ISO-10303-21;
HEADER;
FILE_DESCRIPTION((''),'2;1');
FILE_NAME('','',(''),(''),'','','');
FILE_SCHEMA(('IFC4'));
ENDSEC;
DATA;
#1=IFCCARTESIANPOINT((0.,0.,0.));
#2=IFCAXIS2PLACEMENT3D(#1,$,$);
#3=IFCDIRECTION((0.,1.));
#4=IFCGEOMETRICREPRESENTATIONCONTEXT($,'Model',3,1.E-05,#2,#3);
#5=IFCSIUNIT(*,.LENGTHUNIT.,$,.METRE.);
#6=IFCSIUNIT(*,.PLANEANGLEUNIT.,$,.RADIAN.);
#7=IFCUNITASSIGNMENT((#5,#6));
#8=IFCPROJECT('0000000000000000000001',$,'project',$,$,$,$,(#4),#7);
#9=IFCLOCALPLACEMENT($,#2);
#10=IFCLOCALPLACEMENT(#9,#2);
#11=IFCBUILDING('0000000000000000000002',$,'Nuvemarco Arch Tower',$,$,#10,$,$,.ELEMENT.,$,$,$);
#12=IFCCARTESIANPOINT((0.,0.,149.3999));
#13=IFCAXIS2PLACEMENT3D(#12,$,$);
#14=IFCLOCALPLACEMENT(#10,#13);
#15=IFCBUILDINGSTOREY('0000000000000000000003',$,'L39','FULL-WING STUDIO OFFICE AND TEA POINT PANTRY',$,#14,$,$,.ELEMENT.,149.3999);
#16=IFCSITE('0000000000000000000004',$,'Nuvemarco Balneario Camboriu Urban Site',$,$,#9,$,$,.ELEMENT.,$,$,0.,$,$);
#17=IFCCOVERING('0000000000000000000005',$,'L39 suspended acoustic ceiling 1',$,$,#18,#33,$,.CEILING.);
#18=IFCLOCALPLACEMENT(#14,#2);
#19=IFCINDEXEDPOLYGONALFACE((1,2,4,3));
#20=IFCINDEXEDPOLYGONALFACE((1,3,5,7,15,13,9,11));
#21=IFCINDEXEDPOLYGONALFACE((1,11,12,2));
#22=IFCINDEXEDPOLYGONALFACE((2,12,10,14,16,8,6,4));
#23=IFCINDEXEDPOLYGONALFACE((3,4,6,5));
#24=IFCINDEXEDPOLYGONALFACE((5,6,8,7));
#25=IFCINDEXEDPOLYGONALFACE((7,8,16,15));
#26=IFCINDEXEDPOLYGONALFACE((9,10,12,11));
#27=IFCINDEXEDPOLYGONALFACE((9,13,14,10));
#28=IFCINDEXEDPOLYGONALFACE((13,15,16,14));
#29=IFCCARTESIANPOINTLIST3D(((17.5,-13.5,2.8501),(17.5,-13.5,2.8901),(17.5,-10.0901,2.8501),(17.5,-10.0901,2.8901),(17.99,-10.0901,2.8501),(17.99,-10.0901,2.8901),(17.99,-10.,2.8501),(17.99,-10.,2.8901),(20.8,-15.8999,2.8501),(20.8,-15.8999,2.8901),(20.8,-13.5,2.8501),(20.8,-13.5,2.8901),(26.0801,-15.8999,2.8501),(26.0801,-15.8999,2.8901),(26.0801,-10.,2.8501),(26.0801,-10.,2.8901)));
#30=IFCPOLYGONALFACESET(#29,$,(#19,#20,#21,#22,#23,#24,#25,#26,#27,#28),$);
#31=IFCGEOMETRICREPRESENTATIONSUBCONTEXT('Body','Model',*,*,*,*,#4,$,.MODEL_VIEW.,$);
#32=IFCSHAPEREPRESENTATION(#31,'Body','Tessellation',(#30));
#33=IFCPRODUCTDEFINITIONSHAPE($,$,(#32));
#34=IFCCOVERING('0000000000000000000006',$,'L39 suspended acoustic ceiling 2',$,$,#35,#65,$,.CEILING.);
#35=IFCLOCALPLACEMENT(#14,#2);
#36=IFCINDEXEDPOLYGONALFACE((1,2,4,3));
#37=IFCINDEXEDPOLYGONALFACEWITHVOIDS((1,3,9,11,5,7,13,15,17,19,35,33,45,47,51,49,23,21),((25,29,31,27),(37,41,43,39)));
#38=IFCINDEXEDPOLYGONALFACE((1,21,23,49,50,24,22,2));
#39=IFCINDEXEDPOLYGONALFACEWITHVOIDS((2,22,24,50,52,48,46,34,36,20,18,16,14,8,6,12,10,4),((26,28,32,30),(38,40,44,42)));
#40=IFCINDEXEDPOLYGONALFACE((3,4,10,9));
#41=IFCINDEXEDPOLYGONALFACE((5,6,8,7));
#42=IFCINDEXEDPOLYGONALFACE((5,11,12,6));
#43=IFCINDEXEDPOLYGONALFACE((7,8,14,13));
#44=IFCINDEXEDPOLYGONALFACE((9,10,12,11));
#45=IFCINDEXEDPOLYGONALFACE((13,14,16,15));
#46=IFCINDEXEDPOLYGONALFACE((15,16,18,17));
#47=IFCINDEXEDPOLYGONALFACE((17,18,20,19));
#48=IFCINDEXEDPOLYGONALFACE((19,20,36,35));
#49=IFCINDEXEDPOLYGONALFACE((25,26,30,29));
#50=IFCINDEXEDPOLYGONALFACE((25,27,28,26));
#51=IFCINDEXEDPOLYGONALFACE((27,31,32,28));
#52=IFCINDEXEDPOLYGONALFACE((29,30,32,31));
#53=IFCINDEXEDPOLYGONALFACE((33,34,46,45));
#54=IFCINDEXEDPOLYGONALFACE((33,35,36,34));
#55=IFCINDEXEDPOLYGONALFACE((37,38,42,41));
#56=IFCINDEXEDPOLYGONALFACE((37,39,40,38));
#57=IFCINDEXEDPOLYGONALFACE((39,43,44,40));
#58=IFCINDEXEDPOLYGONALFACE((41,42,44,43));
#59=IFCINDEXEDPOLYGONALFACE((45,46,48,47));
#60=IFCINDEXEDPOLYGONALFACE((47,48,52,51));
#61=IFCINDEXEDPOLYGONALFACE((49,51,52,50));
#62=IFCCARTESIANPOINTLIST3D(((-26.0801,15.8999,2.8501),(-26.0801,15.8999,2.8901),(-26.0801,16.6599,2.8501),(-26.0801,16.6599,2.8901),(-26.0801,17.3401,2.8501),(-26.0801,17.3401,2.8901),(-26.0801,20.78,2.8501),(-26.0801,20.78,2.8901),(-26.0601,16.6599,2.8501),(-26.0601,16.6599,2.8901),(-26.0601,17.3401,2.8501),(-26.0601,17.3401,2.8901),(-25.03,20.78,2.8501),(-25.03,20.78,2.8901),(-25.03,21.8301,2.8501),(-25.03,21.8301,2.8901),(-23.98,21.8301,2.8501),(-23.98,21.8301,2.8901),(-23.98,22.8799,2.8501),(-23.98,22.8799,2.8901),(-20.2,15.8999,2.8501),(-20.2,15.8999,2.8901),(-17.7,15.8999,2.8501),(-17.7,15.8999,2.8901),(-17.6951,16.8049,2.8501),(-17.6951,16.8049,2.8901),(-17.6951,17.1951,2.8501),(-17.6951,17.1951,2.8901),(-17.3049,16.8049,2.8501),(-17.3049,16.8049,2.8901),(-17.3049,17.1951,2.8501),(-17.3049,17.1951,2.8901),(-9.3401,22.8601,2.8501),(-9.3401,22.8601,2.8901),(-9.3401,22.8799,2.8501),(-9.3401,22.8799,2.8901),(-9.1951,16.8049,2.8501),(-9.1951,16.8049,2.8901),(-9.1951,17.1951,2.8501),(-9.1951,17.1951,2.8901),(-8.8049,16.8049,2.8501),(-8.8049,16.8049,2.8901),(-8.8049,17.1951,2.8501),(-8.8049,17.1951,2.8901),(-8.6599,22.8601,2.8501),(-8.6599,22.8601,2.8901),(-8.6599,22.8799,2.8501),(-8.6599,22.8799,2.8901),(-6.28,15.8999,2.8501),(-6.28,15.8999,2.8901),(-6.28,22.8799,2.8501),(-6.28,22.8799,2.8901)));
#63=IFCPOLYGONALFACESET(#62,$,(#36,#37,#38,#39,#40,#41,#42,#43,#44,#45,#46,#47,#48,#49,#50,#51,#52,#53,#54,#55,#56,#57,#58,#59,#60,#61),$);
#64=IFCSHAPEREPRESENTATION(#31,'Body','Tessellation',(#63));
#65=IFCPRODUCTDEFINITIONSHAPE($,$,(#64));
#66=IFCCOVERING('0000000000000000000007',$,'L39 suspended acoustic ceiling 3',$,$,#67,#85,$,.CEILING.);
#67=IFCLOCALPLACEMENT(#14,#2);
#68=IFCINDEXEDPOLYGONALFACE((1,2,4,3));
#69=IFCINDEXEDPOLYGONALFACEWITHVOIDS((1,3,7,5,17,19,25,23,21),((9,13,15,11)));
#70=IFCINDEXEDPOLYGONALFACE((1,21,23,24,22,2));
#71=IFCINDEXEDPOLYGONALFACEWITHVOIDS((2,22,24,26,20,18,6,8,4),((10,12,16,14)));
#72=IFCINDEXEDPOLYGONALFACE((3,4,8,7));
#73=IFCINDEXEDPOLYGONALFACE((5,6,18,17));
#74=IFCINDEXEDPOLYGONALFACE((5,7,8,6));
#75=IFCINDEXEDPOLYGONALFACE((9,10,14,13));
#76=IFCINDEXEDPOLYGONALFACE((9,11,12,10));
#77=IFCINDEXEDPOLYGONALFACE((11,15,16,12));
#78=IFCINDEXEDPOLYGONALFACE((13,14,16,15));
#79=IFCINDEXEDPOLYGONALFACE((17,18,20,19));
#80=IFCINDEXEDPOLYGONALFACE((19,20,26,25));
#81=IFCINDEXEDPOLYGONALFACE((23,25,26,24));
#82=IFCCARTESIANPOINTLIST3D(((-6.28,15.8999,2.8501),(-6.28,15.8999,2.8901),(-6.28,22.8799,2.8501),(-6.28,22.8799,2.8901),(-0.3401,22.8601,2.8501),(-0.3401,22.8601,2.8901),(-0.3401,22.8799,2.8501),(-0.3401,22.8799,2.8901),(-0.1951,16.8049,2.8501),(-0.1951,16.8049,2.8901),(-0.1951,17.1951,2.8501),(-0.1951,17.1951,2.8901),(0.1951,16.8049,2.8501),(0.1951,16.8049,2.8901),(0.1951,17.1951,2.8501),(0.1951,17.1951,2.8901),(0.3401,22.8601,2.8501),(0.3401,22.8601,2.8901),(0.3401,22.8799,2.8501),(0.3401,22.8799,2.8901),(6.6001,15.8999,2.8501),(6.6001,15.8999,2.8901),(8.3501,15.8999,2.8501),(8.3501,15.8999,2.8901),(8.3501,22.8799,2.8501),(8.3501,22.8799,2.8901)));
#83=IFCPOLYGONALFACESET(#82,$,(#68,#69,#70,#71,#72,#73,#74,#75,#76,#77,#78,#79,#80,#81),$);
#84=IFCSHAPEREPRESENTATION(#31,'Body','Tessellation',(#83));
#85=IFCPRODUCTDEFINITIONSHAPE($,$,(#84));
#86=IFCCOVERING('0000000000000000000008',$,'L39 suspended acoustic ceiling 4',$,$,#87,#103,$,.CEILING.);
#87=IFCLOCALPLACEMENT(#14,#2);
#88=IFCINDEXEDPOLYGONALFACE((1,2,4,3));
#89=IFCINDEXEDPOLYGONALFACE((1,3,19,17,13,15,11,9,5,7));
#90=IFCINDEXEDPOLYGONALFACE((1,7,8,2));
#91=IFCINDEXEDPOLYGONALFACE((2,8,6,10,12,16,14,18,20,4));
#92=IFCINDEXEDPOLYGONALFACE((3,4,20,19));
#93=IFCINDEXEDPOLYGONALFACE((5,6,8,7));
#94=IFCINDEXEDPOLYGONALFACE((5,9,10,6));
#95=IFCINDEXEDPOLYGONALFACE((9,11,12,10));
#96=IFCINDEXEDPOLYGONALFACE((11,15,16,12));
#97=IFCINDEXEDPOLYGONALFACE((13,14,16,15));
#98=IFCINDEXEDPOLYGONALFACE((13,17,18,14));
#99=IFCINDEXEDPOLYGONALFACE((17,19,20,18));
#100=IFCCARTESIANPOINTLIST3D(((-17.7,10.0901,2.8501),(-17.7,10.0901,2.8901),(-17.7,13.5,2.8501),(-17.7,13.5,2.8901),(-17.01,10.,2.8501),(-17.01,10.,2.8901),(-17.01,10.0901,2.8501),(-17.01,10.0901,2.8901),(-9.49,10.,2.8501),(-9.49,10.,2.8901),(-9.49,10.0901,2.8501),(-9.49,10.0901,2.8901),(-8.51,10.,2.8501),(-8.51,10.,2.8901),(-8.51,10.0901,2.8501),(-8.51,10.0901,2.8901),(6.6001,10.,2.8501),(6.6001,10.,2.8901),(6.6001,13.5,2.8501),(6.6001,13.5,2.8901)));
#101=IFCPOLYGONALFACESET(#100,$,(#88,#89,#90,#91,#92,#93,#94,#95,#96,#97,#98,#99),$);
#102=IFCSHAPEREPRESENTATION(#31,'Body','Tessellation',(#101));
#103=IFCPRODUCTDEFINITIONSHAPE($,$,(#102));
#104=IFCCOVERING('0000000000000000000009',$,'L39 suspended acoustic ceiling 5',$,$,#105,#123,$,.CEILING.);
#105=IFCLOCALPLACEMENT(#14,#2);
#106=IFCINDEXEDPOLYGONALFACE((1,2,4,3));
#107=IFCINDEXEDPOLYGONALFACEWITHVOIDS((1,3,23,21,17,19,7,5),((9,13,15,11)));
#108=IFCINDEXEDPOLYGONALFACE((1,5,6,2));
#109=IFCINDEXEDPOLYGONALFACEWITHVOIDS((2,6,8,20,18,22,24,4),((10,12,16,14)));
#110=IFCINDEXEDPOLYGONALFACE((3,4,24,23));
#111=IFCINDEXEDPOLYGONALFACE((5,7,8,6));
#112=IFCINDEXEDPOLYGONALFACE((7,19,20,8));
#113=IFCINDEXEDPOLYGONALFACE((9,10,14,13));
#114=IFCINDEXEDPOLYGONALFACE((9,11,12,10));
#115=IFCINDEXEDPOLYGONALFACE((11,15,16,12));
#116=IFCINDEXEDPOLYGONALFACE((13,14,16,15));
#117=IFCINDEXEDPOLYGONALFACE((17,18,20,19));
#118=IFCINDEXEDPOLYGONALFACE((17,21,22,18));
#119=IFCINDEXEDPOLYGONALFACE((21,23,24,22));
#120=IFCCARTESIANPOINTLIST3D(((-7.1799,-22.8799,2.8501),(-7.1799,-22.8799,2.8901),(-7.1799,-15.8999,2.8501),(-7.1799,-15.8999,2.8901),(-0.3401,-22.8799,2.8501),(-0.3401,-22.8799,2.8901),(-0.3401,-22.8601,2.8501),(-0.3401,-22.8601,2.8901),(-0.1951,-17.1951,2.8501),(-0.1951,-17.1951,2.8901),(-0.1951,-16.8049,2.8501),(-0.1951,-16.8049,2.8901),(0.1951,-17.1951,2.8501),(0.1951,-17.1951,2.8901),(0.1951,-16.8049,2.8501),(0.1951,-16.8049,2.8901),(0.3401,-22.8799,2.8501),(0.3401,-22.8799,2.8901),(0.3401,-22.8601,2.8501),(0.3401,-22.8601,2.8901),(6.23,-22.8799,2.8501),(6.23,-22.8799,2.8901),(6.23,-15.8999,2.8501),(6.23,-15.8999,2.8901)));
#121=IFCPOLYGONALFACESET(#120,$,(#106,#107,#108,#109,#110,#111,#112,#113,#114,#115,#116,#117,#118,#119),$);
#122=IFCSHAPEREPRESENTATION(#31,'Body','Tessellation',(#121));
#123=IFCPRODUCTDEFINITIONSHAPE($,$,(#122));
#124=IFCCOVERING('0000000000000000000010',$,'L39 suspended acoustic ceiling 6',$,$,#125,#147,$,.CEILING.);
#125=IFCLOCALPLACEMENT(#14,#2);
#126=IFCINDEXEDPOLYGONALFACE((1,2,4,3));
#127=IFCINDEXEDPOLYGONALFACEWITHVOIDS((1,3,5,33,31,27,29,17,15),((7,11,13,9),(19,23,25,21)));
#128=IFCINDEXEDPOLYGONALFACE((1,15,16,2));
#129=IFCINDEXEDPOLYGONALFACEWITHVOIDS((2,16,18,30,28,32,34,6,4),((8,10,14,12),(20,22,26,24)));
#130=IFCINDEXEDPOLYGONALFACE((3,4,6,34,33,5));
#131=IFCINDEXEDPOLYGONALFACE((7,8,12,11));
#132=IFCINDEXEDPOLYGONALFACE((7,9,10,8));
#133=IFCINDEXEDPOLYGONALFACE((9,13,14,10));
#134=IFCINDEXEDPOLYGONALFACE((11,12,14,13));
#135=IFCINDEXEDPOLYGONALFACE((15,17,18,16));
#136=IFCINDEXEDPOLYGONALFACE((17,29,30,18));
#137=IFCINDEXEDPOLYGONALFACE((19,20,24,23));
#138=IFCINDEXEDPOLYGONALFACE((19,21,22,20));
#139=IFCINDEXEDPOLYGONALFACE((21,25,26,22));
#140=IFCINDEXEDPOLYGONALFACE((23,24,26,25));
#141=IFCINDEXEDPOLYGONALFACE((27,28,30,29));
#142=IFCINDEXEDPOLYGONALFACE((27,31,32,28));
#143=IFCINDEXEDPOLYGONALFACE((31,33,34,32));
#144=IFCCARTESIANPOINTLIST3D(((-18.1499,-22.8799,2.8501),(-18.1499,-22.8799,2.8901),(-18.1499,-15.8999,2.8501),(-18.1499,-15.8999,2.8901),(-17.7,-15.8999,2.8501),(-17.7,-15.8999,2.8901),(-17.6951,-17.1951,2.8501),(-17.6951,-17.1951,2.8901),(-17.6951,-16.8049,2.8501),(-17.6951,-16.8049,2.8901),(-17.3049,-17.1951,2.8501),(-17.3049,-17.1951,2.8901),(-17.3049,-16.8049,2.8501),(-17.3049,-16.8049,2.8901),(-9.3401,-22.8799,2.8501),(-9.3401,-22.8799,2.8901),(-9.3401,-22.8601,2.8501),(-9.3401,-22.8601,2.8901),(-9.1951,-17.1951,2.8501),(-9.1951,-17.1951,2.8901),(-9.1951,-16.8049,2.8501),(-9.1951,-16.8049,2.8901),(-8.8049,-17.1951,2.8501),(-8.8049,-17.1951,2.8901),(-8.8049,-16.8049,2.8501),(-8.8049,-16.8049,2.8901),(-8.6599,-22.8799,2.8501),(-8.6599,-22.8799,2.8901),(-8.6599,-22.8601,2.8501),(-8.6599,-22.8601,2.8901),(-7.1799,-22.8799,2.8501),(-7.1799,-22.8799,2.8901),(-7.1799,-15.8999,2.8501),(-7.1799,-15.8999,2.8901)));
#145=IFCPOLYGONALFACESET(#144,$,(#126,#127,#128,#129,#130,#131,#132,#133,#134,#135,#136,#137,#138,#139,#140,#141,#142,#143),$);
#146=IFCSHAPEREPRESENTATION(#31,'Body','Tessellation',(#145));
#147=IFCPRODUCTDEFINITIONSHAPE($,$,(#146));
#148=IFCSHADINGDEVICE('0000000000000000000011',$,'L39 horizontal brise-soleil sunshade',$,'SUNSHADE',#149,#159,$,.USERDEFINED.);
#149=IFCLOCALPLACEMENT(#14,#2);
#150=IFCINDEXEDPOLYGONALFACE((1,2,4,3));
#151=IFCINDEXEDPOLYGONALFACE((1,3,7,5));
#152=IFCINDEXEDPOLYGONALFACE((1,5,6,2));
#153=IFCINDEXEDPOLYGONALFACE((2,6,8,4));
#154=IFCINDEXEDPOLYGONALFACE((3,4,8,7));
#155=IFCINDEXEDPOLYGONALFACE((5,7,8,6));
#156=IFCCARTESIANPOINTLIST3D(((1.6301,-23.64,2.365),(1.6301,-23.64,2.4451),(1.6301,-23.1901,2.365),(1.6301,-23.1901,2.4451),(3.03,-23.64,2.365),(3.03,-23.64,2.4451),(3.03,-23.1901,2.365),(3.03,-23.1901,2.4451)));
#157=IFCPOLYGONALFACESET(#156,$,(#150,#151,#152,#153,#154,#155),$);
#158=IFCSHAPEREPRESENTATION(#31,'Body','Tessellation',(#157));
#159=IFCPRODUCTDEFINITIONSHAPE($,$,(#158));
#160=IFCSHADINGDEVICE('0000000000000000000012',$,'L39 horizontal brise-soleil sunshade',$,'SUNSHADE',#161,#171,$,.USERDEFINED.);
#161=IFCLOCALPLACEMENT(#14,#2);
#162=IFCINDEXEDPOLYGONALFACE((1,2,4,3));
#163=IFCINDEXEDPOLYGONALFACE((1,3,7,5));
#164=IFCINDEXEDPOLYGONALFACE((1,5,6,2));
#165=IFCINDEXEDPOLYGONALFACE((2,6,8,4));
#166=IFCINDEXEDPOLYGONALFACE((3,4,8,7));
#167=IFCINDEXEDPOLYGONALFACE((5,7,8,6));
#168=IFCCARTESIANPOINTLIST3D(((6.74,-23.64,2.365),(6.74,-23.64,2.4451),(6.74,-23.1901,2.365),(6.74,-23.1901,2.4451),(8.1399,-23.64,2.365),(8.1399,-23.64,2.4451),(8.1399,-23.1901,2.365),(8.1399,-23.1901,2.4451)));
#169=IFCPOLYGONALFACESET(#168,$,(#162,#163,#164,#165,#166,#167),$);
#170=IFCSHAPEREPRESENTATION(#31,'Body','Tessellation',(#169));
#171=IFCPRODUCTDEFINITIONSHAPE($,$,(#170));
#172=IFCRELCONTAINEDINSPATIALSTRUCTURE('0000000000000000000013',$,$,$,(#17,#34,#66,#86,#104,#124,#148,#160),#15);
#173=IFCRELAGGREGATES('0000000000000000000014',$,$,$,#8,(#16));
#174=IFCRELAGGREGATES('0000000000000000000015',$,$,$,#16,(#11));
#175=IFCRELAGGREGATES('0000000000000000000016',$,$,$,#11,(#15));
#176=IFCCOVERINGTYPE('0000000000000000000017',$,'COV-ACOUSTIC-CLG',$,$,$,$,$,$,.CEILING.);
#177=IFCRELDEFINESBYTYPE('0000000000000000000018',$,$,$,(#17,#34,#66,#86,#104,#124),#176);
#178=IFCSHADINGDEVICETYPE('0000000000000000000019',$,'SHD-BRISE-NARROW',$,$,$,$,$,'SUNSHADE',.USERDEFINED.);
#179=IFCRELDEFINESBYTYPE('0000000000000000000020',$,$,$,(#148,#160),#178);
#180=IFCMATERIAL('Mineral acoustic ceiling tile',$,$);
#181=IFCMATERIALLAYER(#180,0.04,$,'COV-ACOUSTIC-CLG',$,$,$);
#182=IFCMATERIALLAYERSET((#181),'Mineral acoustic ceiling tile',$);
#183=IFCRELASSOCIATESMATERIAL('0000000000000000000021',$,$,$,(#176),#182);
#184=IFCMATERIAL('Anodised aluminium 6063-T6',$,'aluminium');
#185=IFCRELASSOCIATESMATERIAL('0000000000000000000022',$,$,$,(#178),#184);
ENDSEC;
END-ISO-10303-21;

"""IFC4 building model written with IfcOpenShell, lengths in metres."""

from ifc_helpers import new_model, si_unit, direction, frame, origin, origin_2d, place, context, subcontext, project, spatial, polyline, rectangle, outline, extrude, source, transform, mapped, material, layer, layer_set, type_object, type_shapes, element, save


model = new_model("IFC4")

# Units and contexts
model_context = context("Model", 3, precision=1e-05, world=origin(), true_north=direction((0.0, 1.0)))
body_context = subcontext(model_context, "Body", "Model", "MODEL_VIEW")
ifc_project = project(units=[si_unit("LENGTHUNIT", "METRE"), si_unit("PLANEANGLEUNIT", "RADIAN")], contexts=[model_context])

# Site, building, storey
site_placement = place(None, origin())
site = spatial("IfcSite", under=ifc_project, at=site_placement, Name="Nuvemarco Balneario Camboriu Urban Site", CompositionType="ELEMENT", RefElevation=0.0)
building_placement = place(site_placement, origin())
building = spatial("IfcBuilding", under=site, at=building_placement, Name="Nuvemarco Arch Tower", CompositionType="ELEMENT")
storey_placement = place(building_placement, frame((0.0, 0.0, 149.3999)))
storey = spatial("IfcBuildingStorey", under=building, at=storey_placement, Name="L39", Description="FULL-WING STUDIO OFFICE AND TEA POINT PANTRY", CompositionType="ELEMENT", Elevation=149.3999)

# Coverings
ifc_material_1 = material(Name="Mineral acoustic ceiling tile")
ifc_layer_1 = layer(ifc_material_1, 0.04, Name="COV-ACOUSTIC-CLG")
ifc_layer_set_1 = layer_set([ifc_layer_1], Name="Mineral acoustic ceiling tile")
covering_type = type_object("IfcCoveringType", Name="COV-ACOUSTIC-CLG", PredefinedType="CEILING", material=ifc_layer_set_1)
covering_1_placement = place(storey_placement, frame((0.0, 0.0, 2.8501)))
element("IfcCovering", 1, at=covering_1_placement, inside=storey, type_object=covering_type, Name="L39 suspended acoustic ceiling 1", PredefinedType="CEILING", context=body_context, shape_type="SweptSolid", body=[
    extrude(outline(polyline([(17.5, -10.0901), (17.99, -10.0901), (17.99, -10.0), (26.0801, -10.0), (26.0801, -15.8999), (20.8, -15.8999), (20.8, -13.5), (17.5, -13.5), (17.5, -10.0901)])), origin(), (0.0, 0.0, 1.0), 0.04),
])
covering_2_placement = place(storey_placement, frame((0.0, 0.0, 2.8501)))
element("IfcCovering", 2, at=covering_2_placement, inside=storey, type_object=covering_type, Name="L39 suspended acoustic ceiling 2", PredefinedType="CEILING", context=body_context, shape_type="SweptSolid", body=[
    extrude(outline(polyline([(-26.0601, 16.6599), (-26.0601, 17.3401), (-26.0801, 17.3401), (-26.0801, 20.78), (-25.03, 20.78), (-25.03, 21.8301), (-23.98, 21.8301), (-23.98, 22.8799), (-9.3401, 22.8799), (-9.3401, 22.8601), (-8.6599, 22.8601), (-8.6599, 22.8799), (-6.28, 22.8799), (-6.28, 15.8999), (-17.7, 15.8999), (-20.2, 15.8999), (-26.0801, 15.8999), (-26.0801, 16.6599), (-26.0601, 16.6599)]), holes=[polyline([(-17.3049, 16.8049), (-17.3049, 17.1951), (-17.6951, 17.1951), (-17.6951, 16.8049), (-17.3049, 16.8049)]), polyline([(-8.8049, 16.8049), (-8.8049, 17.1951), (-9.1951, 17.1951), (-9.1951, 16.8049), (-8.8049, 16.8049)])]), origin(), (0.0, 0.0, 1.0), 0.04),
])
covering_3_placement = place(storey_placement, frame((0.0, 0.0, 2.8501)))
element("IfcCovering", 3, at=covering_3_placement, inside=storey, type_object=covering_type, Name="L39 suspended acoustic ceiling 3", PredefinedType="CEILING", context=body_context, shape_type="SweptSolid", body=[
    extrude(outline(polyline([(-0.3401, 22.8601), (0.3401, 22.8601), (0.3401, 22.8799), (8.3501, 22.8799), (8.3501, 15.8999), (6.6001, 15.8999), (-6.28, 15.8999), (-6.28, 22.8799), (-0.3401, 22.8799), (-0.3401, 22.8601)]), holes=[polyline([(0.1951, 16.8049), (0.1951, 17.1951), (-0.1951, 17.1951), (-0.1951, 16.8049), (0.1951, 16.8049)])]), origin(), (0.0, 0.0, 1.0), 0.04),
])
covering_4_placement = place(storey_placement, frame((0.0, 0.0, 2.8501)))
element("IfcCovering", 4, at=covering_4_placement, inside=storey, type_object=covering_type, Name="L39 suspended acoustic ceiling 4", PredefinedType="CEILING", context=body_context, shape_type="SweptSolid", body=[
    extrude(outline(polyline([(6.6001, 13.5), (6.6001, 10.0), (-8.51, 10.0), (-8.51, 10.0901), (-9.49, 10.0901), (-9.49, 10.0), (-17.01, 10.0), (-17.01, 10.0901), (-17.7, 10.0901), (-17.7, 13.5), (6.6001, 13.5)])), origin(), (0.0, 0.0, 1.0), 0.04),
])
covering_5_placement = place(storey_placement, frame((0.0, 0.0, 2.8501)))
element("IfcCovering", 5, at=covering_5_placement, inside=storey, type_object=covering_type, Name="L39 suspended acoustic ceiling 5", PredefinedType="CEILING", context=body_context, shape_type="SweptSolid", body=[
    extrude(outline(polyline([(0.3401, -22.8799), (0.3401, -22.8601), (-0.3401, -22.8601), (-0.3401, -22.8799), (-7.1799, -22.8799), (-7.1799, -15.8999), (6.23, -15.8999), (6.23, -22.8799), (0.3401, -22.8799)]), holes=[polyline([(0.1951, -17.1951), (0.1951, -16.8049), (-0.1951, -16.8049), (-0.1951, -17.1951), (0.1951, -17.1951)])]), origin(), (0.0, 0.0, 1.0), 0.04),
])
covering_6_placement = place(storey_placement, frame((0.0, 0.0, 2.8501)))
element("IfcCovering", 6, at=covering_6_placement, inside=storey, type_object=covering_type, Name="L39 suspended acoustic ceiling 6", PredefinedType="CEILING", context=body_context, shape_type="SweptSolid", body=[
    extrude(outline(polyline([(-7.1799, -22.8799), (-8.6599, -22.8799), (-8.6599, -22.8601), (-9.3401, -22.8601), (-9.3401, -22.8799), (-18.1499, -22.8799), (-18.1499, -15.8999), (-17.7, -15.8999), (-7.1799, -15.8999), (-7.1799, -22.8799)]), holes=[polyline([(-17.3049, -16.8049), (-17.6951, -16.8049), (-17.6951, -17.1951), (-17.3049, -17.1951), (-17.3049, -16.8049)]), polyline([(-8.8049, -17.1951), (-8.8049, -16.8049), (-9.1951, -16.8049), (-9.1951, -17.1951), (-8.8049, -17.1951)])]), origin(), (0.0, 0.0, 1.0), 0.04),
])

# Shading devices
ifc_material_2 = material(Name="Anodised aluminium 6063-T6", Category="aluminium")
shading_device_type = type_object("IfcShadingDeviceType", Name="SHD-BRISE-NARROW", ElementType="SUNSHADE", PredefinedType="USERDEFINED", material=ifc_material_2)
shared_shape_1 = source(origin(), body_context, "Body", "SweptSolid", [
    extrude(rectangle(XDim=1.3999, YDim=0.45, at=origin_2d()), origin(), (0.0, 0.0, 1.0), 0.0801),
])
type_shapes(shading_device_type, [shared_shape_1])
for number, where, z_axis, x_axis, name in (
    (7, (2.3301, -23.415, 2.365), (0.0, 0.0, 1.0), (1.0, 0.0, 0.0), "L39 horizontal brise-soleil sunshade"),
    (8, (7.4399, -23.415, 2.365), (0.0, 0.0, 1.0), (1.0, 0.0, 0.0), "L39 horizontal brise-soleil sunshade"),
):
    element("IfcShadingDevice", number, at=place(storey_placement, frame(where, z_axis=z_axis, x_axis=x_axis)), inside=storey, type_object=shading_device_type, Name=name, ObjectType="SUNSHADE", PredefinedType="USERDEFINED", context=body_context, shape_type="MappedRepresentation", body=[
        mapped(shared_shape_1, transform((0.0, 0.0, 0.0), scale=1.0)),
    ])

save(model, "model.ifc")
